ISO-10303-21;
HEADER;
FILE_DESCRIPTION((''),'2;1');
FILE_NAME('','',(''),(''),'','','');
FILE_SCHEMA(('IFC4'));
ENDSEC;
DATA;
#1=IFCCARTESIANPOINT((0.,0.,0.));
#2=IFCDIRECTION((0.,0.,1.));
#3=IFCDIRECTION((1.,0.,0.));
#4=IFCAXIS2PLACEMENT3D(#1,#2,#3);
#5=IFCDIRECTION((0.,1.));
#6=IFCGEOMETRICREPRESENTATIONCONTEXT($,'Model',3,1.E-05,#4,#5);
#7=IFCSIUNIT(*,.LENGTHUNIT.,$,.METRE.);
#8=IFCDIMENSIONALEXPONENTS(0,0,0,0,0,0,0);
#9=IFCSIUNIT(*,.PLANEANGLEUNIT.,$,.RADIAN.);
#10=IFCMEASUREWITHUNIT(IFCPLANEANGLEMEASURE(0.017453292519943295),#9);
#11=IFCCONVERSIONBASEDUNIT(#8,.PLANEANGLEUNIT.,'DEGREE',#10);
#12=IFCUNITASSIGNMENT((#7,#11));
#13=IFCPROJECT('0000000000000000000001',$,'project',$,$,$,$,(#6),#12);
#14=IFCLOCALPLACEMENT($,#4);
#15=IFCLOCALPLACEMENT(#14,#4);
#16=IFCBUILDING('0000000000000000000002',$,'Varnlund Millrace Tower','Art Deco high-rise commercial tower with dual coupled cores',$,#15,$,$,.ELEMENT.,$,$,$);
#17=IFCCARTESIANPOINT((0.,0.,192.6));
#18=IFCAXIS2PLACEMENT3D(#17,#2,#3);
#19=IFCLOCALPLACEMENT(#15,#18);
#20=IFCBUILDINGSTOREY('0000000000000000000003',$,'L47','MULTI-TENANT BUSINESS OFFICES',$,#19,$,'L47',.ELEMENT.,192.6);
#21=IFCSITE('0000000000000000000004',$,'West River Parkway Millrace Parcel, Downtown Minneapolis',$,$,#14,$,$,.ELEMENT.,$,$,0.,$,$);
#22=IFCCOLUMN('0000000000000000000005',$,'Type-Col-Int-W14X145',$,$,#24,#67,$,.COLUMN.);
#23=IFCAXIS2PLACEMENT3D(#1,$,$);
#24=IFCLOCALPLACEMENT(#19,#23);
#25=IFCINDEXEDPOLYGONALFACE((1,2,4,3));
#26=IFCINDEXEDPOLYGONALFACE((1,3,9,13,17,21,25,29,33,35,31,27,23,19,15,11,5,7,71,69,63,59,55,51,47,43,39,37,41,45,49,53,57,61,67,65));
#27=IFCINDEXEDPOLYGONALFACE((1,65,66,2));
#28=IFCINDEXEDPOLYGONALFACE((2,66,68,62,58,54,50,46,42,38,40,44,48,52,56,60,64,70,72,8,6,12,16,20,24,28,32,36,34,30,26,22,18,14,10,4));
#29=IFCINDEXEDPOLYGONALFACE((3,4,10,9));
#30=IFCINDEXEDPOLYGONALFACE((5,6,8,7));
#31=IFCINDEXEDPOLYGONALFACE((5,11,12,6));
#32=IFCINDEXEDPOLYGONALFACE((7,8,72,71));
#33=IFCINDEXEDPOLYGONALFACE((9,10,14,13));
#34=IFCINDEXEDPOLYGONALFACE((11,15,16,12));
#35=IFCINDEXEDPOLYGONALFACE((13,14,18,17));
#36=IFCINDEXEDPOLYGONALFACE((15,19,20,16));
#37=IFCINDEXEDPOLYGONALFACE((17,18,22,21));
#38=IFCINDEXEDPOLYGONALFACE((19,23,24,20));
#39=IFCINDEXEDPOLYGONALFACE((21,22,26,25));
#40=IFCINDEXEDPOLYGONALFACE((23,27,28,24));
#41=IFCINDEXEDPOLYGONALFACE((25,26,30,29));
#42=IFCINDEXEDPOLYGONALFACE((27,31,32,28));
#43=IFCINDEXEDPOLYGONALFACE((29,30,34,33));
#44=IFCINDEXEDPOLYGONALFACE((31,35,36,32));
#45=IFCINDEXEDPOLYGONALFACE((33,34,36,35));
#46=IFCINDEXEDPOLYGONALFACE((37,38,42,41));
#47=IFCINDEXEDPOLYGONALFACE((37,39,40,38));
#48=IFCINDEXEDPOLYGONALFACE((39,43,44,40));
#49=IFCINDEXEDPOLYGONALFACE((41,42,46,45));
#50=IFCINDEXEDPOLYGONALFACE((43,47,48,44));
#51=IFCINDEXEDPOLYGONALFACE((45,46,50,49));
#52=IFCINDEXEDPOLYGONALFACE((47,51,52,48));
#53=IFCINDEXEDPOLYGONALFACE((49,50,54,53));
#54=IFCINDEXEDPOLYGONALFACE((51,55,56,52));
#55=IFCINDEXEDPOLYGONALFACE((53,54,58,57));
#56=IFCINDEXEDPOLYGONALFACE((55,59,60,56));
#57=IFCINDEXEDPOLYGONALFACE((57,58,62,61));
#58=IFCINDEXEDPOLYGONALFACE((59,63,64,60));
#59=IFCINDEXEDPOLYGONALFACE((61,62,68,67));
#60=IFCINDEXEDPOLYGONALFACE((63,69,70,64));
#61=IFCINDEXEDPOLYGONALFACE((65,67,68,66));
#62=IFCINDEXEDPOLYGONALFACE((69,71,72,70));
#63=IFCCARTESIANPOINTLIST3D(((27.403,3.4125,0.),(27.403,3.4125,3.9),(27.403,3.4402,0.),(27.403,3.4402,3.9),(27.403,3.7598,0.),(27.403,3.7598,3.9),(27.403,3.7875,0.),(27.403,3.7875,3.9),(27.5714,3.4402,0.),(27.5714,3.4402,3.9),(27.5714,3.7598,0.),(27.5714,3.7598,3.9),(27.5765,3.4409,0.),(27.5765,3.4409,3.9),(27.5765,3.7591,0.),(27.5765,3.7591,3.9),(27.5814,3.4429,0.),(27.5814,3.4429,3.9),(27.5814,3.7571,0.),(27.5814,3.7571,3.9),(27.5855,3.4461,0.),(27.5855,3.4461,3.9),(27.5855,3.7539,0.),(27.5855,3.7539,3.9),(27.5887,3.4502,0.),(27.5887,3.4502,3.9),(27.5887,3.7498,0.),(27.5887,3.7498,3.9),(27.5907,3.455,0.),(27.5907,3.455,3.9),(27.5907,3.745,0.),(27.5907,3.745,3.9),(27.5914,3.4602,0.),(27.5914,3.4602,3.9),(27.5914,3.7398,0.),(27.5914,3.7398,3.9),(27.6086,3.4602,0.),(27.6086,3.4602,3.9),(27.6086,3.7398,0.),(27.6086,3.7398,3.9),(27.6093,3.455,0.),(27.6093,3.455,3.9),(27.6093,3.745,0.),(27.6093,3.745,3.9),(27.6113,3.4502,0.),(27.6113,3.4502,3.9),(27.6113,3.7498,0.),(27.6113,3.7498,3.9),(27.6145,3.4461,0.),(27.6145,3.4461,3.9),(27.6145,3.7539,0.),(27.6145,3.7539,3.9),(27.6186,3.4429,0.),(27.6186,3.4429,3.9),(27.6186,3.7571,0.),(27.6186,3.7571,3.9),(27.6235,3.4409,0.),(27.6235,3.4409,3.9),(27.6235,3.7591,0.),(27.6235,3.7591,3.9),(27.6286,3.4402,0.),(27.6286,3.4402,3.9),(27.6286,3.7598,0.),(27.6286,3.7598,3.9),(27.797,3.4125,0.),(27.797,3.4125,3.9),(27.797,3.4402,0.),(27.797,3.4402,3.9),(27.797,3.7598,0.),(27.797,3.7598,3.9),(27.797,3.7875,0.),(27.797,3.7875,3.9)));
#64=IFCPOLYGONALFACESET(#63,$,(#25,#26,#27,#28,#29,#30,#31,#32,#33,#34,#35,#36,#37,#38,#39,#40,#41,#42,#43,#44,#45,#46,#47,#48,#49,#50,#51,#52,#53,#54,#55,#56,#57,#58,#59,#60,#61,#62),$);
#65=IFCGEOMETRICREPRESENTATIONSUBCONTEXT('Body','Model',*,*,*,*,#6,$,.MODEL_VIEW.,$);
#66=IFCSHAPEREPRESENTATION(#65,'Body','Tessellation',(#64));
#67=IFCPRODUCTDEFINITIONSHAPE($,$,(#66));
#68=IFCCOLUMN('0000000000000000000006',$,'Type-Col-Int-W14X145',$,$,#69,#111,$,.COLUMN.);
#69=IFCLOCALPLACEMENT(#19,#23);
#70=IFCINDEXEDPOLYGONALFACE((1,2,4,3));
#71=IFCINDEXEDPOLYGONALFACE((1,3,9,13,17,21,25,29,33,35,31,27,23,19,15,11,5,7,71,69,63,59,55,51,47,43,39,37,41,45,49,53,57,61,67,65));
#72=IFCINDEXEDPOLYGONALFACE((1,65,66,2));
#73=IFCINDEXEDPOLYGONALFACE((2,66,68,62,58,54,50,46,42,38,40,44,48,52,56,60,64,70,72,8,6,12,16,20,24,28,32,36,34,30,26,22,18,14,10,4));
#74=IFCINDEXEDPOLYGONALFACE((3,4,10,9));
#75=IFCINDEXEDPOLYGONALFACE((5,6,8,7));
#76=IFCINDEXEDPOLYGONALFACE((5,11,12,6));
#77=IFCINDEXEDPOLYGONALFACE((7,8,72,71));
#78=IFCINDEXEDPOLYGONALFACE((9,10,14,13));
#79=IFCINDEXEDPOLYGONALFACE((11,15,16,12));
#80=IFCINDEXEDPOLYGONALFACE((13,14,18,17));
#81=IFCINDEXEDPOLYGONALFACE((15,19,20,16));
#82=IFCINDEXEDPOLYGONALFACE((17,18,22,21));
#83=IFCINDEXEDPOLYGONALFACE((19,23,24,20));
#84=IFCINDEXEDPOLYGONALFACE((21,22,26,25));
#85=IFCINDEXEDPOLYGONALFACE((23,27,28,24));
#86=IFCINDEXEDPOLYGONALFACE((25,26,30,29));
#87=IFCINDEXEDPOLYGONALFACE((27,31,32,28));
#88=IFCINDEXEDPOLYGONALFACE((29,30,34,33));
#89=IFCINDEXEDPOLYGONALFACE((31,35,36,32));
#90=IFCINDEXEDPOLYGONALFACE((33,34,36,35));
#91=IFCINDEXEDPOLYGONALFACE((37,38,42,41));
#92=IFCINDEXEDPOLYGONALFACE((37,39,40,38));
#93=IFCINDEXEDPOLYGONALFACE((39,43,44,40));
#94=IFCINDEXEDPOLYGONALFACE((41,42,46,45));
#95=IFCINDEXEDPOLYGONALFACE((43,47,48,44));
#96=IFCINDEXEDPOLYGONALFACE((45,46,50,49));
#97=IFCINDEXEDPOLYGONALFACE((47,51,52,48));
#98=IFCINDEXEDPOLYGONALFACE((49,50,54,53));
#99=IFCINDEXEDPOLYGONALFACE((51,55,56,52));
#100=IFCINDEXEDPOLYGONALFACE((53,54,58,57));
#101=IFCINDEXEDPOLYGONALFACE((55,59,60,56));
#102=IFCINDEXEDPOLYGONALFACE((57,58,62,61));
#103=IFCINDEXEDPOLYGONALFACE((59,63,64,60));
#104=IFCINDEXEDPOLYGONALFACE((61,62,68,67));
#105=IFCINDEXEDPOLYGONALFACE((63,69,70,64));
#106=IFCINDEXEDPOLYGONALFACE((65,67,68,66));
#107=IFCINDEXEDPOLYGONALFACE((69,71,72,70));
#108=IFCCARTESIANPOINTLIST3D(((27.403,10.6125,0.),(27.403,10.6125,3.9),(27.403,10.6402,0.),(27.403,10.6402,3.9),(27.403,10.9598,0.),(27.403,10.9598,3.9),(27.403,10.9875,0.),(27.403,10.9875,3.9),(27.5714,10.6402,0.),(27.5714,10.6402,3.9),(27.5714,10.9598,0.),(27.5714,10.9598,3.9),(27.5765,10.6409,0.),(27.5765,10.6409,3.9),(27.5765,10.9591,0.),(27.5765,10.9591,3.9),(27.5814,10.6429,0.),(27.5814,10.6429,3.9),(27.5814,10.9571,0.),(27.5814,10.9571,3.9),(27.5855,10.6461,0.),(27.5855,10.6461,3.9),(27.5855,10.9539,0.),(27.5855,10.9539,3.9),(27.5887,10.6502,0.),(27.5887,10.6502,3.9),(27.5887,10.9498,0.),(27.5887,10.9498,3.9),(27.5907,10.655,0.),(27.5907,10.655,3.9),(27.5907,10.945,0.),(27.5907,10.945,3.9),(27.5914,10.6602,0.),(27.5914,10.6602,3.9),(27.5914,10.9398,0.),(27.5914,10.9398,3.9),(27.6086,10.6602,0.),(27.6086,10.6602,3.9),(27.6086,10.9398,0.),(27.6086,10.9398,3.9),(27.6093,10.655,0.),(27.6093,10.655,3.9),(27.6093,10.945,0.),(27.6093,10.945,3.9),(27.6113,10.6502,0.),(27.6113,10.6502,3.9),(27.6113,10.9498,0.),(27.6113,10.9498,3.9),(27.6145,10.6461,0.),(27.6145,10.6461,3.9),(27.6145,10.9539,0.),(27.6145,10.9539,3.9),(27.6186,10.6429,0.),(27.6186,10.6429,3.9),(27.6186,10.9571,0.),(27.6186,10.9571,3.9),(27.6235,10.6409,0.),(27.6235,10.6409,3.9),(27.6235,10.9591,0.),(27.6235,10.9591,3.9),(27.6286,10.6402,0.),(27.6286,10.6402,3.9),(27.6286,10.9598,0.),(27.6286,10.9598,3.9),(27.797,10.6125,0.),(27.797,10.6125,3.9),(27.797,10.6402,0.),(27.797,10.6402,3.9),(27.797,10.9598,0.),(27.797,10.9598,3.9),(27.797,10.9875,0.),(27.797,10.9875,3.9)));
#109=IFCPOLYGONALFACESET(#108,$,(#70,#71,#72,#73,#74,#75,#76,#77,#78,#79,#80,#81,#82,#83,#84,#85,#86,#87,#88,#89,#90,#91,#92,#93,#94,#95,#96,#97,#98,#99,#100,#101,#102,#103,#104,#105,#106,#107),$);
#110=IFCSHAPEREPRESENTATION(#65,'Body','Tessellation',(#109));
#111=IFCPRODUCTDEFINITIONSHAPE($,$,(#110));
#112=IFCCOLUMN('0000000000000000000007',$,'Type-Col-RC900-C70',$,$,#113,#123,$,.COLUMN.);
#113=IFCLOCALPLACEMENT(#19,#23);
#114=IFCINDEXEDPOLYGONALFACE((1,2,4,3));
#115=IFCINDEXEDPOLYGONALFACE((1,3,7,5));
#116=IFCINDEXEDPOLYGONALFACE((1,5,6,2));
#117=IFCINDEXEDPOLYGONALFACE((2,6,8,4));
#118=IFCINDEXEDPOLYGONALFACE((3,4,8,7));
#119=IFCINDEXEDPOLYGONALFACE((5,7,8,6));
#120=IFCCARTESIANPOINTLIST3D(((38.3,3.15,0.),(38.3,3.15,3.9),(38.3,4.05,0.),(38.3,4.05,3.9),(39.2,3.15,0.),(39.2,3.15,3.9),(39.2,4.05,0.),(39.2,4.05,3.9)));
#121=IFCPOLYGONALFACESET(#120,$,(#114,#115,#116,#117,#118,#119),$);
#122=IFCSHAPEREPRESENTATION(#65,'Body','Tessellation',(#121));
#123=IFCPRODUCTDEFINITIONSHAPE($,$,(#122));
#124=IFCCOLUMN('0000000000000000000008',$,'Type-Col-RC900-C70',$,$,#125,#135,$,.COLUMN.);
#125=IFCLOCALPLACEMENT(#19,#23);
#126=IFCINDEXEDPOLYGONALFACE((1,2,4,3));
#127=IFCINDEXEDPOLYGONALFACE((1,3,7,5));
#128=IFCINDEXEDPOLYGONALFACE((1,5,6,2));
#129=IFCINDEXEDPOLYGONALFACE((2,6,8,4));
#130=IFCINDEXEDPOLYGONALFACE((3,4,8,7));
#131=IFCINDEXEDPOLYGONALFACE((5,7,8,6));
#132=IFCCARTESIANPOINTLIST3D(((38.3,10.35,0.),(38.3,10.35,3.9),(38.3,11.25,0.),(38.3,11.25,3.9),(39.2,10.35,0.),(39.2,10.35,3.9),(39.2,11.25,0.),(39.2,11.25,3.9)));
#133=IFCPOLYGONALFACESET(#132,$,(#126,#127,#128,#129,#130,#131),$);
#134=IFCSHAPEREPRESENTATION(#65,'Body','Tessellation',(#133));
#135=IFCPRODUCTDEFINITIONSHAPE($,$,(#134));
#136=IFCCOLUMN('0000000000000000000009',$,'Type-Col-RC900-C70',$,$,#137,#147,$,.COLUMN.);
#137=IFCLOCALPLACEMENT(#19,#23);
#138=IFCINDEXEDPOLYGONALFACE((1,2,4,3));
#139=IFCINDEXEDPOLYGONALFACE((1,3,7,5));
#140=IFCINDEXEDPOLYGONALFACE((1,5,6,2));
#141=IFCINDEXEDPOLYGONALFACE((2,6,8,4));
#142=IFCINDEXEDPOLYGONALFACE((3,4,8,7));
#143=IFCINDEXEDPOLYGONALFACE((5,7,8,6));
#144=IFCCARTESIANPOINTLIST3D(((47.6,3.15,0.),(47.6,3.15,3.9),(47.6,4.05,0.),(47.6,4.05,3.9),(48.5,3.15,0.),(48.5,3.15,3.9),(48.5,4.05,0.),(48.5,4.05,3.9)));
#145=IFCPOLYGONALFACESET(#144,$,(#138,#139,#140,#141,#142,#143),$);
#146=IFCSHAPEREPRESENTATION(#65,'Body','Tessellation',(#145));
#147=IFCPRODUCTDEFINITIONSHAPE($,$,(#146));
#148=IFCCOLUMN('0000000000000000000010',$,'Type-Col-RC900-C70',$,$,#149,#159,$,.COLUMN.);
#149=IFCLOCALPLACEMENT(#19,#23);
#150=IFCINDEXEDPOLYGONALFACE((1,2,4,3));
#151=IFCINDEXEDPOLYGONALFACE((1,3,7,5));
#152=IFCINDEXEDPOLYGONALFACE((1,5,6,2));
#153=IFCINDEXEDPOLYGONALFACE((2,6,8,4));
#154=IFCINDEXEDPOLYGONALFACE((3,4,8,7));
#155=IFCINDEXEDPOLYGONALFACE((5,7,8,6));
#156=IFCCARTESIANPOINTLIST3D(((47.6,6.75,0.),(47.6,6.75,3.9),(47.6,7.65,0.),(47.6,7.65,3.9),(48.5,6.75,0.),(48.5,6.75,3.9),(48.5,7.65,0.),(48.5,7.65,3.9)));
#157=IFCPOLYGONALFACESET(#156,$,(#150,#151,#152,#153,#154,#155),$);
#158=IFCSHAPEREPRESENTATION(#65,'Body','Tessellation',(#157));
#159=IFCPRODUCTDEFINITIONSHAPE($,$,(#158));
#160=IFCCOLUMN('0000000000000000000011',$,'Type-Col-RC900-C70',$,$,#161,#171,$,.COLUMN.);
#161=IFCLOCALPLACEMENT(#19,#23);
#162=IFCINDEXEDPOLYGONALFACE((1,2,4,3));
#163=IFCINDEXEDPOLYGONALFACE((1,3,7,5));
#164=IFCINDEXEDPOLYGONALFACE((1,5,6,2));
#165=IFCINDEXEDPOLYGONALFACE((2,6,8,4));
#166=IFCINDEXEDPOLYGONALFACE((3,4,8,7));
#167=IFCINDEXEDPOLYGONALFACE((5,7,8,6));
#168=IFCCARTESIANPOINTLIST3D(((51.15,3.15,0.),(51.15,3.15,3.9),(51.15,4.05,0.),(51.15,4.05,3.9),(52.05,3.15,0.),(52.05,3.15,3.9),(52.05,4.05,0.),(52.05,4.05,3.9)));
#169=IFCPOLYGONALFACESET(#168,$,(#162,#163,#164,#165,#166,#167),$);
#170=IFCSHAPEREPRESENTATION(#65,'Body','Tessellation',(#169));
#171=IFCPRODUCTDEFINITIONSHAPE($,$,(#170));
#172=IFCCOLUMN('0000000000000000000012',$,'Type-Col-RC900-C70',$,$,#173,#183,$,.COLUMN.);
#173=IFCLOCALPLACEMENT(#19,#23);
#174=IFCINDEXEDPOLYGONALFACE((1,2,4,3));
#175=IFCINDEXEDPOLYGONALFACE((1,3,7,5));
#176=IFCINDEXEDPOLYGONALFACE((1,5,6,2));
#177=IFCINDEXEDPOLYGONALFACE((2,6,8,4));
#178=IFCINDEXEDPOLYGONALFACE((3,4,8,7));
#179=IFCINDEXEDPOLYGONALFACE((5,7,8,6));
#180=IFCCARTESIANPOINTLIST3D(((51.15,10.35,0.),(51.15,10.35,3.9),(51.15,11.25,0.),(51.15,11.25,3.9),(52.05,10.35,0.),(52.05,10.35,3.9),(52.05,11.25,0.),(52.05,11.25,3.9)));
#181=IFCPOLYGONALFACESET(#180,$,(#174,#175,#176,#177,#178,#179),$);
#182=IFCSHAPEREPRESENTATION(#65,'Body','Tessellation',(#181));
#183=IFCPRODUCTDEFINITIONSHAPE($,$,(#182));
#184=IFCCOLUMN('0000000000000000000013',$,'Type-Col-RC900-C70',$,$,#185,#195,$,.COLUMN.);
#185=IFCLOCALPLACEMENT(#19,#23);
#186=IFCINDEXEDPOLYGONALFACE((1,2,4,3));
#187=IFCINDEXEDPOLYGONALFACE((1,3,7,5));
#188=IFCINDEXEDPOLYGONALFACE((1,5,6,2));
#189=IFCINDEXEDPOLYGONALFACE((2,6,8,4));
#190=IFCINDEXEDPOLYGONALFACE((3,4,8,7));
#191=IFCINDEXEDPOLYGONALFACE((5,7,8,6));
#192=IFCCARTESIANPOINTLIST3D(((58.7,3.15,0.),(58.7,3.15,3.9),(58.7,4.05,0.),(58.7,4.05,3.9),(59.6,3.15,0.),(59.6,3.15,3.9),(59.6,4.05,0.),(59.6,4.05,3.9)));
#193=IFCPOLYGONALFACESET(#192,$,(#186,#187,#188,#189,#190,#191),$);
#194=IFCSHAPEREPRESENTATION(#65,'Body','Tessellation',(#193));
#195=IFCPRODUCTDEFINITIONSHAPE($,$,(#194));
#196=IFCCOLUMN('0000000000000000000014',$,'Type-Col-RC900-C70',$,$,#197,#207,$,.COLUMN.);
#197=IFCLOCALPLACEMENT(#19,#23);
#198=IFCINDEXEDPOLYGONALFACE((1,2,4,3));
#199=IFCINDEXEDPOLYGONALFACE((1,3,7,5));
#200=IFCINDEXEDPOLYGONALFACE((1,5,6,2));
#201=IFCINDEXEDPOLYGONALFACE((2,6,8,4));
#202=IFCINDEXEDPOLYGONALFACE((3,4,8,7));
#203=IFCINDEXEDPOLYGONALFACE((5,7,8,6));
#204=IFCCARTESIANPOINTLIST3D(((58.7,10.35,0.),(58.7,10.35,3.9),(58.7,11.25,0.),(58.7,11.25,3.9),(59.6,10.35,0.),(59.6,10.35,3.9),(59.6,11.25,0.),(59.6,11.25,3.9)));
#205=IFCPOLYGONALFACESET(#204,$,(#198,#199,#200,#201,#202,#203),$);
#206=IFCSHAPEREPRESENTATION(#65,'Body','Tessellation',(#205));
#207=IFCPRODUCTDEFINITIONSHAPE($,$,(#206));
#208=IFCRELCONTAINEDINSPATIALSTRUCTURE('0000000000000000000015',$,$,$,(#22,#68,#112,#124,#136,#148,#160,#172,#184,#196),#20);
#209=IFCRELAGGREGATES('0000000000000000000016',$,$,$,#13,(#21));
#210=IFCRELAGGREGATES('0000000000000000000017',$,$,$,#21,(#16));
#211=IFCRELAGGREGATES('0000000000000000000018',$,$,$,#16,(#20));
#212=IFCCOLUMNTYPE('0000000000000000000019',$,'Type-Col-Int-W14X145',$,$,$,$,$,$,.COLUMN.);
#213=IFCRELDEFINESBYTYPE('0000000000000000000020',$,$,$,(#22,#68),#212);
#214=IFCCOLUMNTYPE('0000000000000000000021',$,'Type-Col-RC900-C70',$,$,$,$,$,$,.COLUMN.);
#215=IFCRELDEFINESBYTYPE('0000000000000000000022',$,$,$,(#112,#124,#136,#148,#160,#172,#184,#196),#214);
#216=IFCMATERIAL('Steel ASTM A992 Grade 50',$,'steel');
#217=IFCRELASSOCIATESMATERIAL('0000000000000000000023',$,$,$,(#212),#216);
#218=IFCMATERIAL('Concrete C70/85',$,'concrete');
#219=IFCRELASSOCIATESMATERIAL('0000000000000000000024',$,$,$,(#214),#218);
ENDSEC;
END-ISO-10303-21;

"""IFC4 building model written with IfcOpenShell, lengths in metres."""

from ifc_helpers import new_model, entity, si_unit, converted_unit, direction, frame, origin_with_axes, origin_2d_with_axis, place, context, subcontext, project, spatial, rectangle, i_section, extrude, material, material_profile, profile_set, type_object, element, save


model = new_model("IFC4")

# Units and contexts
model_context = context("Model", 3, precision=1e-05, world=origin_with_axes(), true_north=direction((0.0, 1.0)))
body_context = subcontext(model_context, "Body", "Model", "MODEL_VIEW")
ifc_project = project(units=[si_unit("LENGTHUNIT", "METRE"), converted_unit("PLANEANGLEUNIT", "DEGREE", entity("IfcPlaneAngleMeasure", 0.017453292519943295), si_unit("PLANEANGLEUNIT", "RADIAN"), dimensions=[0, 0, 0, 0, 0, 0, 0])], contexts=[model_context])

# Site, building, storey
site_placement = place(None, origin_with_axes())
site = spatial("IfcSite", under=ifc_project, at=site_placement, Name="West River Parkway Millrace Parcel, Downtown Minneapolis", CompositionType="ELEMENT", RefElevation=0.0)
building_placement = place(site_placement, origin_with_axes())
building = spatial("IfcBuilding", under=site, at=building_placement, Name="Varnlund Millrace Tower", Description="Art Deco high-rise commercial tower with dual coupled cores", CompositionType="ELEMENT")
storey_placement = place(building_placement, frame((0.0, 0.0, 192.6), z_axis=(0.0, 0.0, 1.0), x_axis=(1.0, 0.0, 0.0)))
storey = spatial("IfcBuildingStorey", under=building, at=storey_placement, Name="L47", Description="MULTI-TENANT BUSINESS OFFICES", LongName="L47", CompositionType="ELEMENT", Elevation=192.6)

# Columns
ifc_material_1 = material(Name="Steel ASTM A992 Grade 50", Category="steel")
ifc_material_profile_1 = material_profile(ifc_material_1, i_section(OverallWidth=0.394, OverallDepth=0.375, WebThickness=0.0173, FlangeThickness=0.0277, FilletRadius=0.02, at=origin_2d_with_axis()), Name="Steel ASTM A992 Grade 50")
ifc_profile_set_1 = profile_set([ifc_material_profile_1], Name="Steel ASTM A992 Grade 50")
column_type_1 = type_object("IfcColumnType", Name="Type-Col-Int-W14X145", PredefinedType="COLUMN", material=ifc_profile_set_1)
for number, where, z_axis, x_axis, name in (
    (1, (27.6, 3.6, 0.0), (0.0, 0.0, 1.0), (1.0, 0.0, 0.0), "Type-Col-Int-W14X145"),
    (2, (27.6, 10.8, 0.0), (0.0, 0.0, 1.0), (1.0, 0.0, 0.0), "Type-Col-Int-W14X145"),
):
    element("IfcColumn", number, at=place(storey_placement, frame(where, z_axis=z_axis, x_axis=x_axis)), inside=storey, type_object=column_type_1, Name=name, PredefinedType="COLUMN", context=body_context, shape_type="SweptSolid", body=[
        extrude(i_section(OverallWidth=0.394, OverallDepth=0.375, WebThickness=0.0173, FlangeThickness=0.0277, FilletRadius=0.02, at=origin_2d_with_axis()), origin_with_axes(), (0.0, 0.0, 1.0), 3.9),
    ])
ifc_material_2 = material(Name="Concrete C70/85", Category="concrete")
ifc_material_profile_2 = material_profile(ifc_material_2, rectangle(XDim=0.9, YDim=0.9, at=origin_2d_with_axis()), Name="Concrete C70/85")
ifc_profile_set_2 = profile_set([ifc_material_profile_2], Name="Concrete C70/85")
column_type_2 = type_object("IfcColumnType", Name="Type-Col-RC900-C70", PredefinedType="COLUMN", material=ifc_profile_set_2)
for number, where, z_axis, x_axis, name in (
    (3, (38.75, 3.6, 0.0), (0.0, 0.0, 1.0), (1.0, 0.0, 0.0), "Type-Col-RC900-C70"),
    (4, (38.75, 10.8, 0.0), (0.0, 0.0, 1.0), (1.0, 0.0, 0.0), "Type-Col-RC900-C70"),
    (5, (48.05, 3.6, 0.0), (0.0, 0.0, 1.0), (1.0, 0.0, 0.0), "Type-Col-RC900-C70"),
    (6, (48.05, 7.2, 0.0), (0.0, 0.0, 1.0), (1.0, 0.0, 0.0), "Type-Col-RC900-C70"),
    (7, (51.6, 3.6, 0.0), (0.0, 0.0, 1.0), (1.0, 0.0, 0.0), "Type-Col-RC900-C70"),
    (8, (51.6, 10.8, 0.0), (0.0, 0.0, 1.0), (1.0, 0.0, 0.0), "Type-Col-RC900-C70"),
    (9, (59.15, 3.6, 0.0), (0.0, 0.0, 1.0), (1.0, 0.0, 0.0), "Type-Col-RC900-C70"),
    (10, (59.15, 10.8, 0.0), (0.0, 0.0, 1.0), (1.0, 0.0, 0.0), "Type-Col-RC900-C70"),
):
    element("IfcColumn", number, at=place(storey_placement, frame(where, z_axis=z_axis, x_axis=x_axis)), inside=storey, type_object=column_type_2, Name=name, PredefinedType="COLUMN", context=body_context, shape_type="SweptSolid", body=[
        extrude(rectangle(XDim=0.9, YDim=0.9, at=origin_2d_with_axis()), origin_with_axes(), (0.0, 0.0, 1.0), 3.9),
    ])

save(model, "model.ifc")
